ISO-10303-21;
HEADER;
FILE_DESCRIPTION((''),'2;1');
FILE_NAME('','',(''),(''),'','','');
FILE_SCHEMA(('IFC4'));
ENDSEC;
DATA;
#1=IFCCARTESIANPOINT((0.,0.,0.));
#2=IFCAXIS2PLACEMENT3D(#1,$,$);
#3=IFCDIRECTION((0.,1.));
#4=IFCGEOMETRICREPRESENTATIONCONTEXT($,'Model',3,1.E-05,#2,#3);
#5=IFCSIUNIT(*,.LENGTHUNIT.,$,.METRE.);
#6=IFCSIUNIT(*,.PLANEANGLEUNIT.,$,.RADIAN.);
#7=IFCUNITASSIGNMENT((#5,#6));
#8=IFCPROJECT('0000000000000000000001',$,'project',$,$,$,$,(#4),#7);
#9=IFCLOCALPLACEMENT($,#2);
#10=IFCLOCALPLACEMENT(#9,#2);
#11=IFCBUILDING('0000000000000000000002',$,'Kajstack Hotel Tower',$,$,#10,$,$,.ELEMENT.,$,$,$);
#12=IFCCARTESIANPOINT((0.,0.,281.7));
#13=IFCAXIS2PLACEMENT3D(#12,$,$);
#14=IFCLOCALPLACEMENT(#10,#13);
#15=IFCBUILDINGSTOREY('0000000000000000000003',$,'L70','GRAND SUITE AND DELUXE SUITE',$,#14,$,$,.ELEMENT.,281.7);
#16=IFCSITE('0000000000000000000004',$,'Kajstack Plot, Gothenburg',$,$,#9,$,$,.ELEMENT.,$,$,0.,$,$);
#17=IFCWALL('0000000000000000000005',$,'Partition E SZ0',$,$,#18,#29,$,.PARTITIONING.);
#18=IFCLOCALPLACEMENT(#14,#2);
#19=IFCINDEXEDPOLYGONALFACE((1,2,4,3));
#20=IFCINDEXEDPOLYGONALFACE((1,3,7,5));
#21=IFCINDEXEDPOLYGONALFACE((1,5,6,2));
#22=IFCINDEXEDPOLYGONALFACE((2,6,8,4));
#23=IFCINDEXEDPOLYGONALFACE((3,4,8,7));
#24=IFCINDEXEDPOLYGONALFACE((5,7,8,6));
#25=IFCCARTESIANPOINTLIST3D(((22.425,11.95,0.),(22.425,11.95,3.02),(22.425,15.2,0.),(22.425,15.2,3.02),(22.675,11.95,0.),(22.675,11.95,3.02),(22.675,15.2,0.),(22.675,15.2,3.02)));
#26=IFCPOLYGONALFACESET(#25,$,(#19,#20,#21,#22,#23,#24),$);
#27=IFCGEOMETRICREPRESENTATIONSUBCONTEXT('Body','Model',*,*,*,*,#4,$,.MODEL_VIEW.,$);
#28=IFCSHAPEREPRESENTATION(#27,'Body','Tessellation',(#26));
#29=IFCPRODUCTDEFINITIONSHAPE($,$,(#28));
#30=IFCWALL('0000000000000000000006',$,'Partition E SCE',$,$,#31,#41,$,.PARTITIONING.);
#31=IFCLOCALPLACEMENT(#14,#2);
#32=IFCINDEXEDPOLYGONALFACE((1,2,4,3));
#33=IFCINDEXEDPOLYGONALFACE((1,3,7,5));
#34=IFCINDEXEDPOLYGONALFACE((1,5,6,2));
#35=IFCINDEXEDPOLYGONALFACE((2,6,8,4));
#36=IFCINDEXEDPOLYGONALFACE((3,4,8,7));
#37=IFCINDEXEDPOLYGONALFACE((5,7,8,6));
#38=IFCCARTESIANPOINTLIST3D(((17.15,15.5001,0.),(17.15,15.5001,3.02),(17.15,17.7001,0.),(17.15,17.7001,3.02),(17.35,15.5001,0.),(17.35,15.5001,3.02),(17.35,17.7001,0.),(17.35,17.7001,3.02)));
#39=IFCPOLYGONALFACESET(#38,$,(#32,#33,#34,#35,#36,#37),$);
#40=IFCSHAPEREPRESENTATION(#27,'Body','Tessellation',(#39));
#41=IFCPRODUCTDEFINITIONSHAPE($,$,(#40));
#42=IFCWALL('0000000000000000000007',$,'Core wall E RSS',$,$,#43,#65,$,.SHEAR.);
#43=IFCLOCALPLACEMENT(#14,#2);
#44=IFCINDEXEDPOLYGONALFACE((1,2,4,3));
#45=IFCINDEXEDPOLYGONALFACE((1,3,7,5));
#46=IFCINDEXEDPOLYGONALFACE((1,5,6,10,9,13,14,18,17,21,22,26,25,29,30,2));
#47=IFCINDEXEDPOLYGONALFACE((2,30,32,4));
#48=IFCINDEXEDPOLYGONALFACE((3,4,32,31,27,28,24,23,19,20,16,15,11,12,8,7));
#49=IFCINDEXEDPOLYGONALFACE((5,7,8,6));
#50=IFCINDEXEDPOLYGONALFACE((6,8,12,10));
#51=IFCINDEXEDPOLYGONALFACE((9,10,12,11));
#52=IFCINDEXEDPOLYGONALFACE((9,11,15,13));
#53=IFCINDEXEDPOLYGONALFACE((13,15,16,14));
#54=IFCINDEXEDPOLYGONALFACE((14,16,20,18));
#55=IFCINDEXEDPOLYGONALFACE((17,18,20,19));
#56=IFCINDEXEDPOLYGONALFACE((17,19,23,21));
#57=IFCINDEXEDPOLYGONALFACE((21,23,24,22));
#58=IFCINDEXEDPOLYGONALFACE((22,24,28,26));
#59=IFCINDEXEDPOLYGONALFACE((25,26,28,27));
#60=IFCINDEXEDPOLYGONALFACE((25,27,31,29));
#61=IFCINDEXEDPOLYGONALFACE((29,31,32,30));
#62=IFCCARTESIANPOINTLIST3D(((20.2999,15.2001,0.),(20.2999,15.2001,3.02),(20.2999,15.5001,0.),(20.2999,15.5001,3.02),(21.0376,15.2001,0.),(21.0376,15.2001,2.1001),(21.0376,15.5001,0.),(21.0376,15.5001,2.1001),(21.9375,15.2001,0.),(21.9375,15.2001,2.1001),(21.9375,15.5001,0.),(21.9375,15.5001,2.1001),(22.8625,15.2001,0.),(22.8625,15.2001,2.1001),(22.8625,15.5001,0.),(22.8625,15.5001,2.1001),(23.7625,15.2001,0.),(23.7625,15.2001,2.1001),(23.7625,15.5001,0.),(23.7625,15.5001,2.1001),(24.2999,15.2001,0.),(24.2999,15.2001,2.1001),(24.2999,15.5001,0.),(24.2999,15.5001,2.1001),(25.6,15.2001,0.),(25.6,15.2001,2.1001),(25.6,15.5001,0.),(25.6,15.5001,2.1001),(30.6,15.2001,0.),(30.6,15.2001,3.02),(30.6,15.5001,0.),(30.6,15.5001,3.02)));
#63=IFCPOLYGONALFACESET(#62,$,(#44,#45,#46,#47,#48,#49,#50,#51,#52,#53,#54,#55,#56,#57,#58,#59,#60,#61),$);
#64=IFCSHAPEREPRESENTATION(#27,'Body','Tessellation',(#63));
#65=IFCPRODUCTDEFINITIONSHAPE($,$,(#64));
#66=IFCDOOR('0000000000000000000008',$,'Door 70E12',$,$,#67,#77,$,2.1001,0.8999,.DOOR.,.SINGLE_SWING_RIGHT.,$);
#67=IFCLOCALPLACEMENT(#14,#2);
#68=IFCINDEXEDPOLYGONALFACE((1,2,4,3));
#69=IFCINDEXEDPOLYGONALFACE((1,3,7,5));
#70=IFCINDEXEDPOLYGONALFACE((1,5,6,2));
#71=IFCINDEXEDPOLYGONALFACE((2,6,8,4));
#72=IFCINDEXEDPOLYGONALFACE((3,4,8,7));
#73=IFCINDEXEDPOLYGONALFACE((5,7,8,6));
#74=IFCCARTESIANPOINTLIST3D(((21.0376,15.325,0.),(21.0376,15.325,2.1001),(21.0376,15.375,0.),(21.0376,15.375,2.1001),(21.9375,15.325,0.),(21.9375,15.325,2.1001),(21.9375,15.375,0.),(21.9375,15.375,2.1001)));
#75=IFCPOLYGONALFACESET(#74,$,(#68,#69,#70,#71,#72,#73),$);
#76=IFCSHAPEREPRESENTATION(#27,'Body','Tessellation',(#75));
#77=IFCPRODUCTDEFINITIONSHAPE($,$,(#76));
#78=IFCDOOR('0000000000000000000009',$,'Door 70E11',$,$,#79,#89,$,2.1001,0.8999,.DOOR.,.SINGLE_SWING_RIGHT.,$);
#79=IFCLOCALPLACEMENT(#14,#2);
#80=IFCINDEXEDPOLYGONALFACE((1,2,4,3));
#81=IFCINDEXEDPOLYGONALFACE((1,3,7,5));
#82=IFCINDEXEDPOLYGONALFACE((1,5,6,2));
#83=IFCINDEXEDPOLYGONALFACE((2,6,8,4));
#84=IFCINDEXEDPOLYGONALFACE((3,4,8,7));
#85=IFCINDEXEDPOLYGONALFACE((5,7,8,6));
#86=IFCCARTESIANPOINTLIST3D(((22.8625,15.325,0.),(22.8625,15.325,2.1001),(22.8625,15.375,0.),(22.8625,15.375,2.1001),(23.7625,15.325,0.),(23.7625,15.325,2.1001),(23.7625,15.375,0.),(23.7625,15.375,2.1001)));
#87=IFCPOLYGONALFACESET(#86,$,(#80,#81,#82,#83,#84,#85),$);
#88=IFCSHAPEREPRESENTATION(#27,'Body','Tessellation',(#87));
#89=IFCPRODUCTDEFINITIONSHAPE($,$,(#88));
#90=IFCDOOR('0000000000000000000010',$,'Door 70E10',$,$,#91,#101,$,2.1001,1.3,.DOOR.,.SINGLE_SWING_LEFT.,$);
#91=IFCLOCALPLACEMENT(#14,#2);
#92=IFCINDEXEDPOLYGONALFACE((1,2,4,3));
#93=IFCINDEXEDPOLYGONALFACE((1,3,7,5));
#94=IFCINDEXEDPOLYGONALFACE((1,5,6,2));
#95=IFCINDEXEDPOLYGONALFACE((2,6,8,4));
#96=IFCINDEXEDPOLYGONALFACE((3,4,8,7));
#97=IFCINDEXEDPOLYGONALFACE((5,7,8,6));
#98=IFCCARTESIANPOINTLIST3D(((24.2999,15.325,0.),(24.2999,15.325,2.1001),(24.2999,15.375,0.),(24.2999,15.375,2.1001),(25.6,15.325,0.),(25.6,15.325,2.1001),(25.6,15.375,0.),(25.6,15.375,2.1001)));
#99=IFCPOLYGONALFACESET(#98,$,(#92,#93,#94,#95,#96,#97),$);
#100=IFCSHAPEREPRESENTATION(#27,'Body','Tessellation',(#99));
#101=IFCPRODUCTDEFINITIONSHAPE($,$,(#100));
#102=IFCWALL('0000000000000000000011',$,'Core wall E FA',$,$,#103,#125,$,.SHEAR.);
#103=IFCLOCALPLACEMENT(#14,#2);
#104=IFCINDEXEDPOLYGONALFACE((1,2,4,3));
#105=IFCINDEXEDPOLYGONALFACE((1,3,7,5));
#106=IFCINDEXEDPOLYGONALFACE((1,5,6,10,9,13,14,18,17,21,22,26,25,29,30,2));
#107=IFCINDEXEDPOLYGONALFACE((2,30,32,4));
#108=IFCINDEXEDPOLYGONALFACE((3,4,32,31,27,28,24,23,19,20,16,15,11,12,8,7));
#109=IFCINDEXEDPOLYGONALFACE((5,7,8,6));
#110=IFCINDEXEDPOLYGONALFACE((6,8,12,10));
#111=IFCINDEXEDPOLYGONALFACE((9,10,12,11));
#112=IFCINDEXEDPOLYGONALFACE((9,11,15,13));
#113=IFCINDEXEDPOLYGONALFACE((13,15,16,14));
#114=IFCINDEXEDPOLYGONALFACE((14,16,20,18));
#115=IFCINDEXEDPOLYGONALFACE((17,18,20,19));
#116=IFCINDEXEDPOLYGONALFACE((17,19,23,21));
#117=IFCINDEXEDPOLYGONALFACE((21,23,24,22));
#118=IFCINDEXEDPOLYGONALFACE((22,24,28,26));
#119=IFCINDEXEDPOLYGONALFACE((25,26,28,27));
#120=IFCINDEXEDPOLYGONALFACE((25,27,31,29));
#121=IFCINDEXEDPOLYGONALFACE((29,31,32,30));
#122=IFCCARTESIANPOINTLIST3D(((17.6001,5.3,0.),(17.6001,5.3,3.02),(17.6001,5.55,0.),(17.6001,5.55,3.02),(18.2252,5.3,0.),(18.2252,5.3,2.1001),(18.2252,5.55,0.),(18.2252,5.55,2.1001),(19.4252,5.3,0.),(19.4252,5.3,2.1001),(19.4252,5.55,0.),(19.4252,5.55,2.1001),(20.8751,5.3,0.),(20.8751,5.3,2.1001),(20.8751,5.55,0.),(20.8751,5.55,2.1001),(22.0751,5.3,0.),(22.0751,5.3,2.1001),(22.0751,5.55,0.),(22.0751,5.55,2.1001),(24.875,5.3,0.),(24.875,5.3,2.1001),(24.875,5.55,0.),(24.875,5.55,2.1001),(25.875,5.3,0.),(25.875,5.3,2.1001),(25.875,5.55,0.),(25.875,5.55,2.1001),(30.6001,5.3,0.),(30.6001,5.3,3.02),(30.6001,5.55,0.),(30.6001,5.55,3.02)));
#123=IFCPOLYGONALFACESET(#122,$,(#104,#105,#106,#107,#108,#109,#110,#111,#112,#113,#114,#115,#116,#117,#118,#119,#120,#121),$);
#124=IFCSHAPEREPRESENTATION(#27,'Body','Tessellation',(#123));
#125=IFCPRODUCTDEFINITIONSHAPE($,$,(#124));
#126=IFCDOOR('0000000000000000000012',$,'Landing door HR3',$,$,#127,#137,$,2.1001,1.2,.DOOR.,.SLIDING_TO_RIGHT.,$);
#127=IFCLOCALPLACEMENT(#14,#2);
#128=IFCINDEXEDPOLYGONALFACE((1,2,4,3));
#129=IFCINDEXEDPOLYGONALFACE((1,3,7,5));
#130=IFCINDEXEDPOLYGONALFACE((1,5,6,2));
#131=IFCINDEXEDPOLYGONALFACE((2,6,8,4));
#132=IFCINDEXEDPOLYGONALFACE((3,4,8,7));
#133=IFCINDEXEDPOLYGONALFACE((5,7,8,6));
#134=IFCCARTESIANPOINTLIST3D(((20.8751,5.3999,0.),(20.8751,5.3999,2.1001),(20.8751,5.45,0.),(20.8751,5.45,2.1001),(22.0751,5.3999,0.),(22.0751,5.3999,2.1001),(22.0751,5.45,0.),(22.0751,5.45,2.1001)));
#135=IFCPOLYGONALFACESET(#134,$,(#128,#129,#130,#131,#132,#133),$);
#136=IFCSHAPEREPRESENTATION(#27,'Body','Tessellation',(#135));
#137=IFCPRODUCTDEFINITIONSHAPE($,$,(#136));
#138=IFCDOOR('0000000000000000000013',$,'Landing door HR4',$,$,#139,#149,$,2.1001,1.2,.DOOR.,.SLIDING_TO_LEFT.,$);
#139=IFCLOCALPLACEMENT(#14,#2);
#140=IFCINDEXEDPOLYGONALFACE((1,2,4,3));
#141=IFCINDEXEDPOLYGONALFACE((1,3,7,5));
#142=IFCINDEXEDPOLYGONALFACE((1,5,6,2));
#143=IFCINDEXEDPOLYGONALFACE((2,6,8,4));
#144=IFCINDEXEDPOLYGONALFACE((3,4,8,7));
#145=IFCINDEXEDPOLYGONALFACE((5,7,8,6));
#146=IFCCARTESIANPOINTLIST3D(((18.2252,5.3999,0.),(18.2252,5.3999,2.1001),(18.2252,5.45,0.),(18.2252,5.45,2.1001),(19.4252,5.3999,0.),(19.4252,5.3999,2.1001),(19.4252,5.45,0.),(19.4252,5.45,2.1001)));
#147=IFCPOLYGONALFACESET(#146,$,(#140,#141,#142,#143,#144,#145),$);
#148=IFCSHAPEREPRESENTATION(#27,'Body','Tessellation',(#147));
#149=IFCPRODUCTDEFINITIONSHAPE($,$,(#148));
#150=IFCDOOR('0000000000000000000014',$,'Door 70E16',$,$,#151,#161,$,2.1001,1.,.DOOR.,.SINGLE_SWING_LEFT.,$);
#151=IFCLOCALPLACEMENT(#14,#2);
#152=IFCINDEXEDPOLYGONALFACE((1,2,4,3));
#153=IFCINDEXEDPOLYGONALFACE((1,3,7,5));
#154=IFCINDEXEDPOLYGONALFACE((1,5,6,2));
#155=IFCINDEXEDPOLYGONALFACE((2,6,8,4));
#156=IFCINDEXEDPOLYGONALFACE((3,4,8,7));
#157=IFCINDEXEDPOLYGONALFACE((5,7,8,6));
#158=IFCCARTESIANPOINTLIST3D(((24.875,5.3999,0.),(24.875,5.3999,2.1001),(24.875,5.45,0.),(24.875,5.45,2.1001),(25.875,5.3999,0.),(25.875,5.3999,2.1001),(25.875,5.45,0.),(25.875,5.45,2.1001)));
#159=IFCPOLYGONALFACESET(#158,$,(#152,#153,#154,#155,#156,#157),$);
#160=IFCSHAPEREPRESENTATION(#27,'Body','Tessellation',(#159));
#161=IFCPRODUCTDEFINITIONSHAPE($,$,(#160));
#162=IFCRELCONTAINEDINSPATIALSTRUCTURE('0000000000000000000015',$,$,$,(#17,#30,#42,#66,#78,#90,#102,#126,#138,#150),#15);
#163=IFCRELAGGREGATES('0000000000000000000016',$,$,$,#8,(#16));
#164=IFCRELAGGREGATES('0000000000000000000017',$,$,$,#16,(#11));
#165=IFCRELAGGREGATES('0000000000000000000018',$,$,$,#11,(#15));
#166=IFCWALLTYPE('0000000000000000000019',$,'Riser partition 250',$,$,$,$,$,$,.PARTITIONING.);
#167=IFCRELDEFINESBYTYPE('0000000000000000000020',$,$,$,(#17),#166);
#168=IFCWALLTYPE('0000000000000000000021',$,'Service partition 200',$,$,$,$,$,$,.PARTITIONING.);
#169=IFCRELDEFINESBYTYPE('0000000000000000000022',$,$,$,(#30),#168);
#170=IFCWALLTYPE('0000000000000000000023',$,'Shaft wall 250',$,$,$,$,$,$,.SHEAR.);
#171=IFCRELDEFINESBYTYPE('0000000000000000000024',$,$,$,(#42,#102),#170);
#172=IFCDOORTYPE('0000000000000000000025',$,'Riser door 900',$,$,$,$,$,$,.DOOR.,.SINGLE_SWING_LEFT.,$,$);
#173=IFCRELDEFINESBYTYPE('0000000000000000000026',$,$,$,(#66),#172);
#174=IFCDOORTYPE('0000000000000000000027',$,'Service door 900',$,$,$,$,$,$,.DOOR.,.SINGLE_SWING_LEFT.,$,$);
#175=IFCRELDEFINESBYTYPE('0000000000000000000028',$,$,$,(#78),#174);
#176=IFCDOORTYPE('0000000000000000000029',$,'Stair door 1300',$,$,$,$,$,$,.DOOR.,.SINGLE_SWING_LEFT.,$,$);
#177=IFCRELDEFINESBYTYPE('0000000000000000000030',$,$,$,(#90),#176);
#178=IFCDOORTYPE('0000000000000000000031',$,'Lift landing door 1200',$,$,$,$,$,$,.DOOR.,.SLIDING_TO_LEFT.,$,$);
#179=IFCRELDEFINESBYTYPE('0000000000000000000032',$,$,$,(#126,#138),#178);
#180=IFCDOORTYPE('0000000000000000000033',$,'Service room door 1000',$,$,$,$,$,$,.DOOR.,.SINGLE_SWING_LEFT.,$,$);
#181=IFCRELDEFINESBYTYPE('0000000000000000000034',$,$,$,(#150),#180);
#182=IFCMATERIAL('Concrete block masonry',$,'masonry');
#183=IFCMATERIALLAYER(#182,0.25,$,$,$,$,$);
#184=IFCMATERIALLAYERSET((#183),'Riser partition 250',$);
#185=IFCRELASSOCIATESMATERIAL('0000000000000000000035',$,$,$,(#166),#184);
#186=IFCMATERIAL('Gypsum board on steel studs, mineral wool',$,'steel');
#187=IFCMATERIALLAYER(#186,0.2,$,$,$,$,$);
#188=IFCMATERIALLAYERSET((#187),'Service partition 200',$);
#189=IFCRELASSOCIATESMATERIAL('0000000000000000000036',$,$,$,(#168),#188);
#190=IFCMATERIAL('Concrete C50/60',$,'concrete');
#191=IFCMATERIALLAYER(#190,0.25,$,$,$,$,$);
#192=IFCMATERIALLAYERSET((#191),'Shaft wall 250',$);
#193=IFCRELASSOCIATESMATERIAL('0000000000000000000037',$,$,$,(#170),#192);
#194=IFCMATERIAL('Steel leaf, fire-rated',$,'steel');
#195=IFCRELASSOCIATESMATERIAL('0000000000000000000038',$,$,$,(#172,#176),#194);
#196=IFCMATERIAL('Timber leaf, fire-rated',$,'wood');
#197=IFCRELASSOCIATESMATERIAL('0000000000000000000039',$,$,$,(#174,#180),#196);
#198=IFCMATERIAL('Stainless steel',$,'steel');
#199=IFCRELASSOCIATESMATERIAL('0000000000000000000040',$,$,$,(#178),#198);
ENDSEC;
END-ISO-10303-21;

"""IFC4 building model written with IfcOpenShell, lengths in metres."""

from ifc_helpers import new_model, si_unit, direction, frame, frame_2d, origin, place, context, subcontext, project, spatial, rectangle, extrude, material, layer, layer_set, type_object, element, fill, save


model = new_model("IFC4")

# Units and contexts
model_context = context("Model", 3, precision=1e-05, world=origin(), true_north=direction((0.0, 1.0)))
body_context = subcontext(model_context, "Body", "Model", "MODEL_VIEW")
ifc_project = project(units=[si_unit("LENGTHUNIT", "METRE"), si_unit("PLANEANGLEUNIT", "RADIAN")], contexts=[model_context])

# Site, building, storey
site_placement = place(None, origin())
site = spatial("IfcSite", under=ifc_project, at=site_placement, Name="Kajstack Plot, Gothenburg", CompositionType="ELEMENT", RefElevation=0.0)
building_placement = place(site_placement, origin())
building = spatial("IfcBuilding", under=site, at=building_placement, Name="Kajstack Hotel Tower", CompositionType="ELEMENT")
storey_placement = place(building_placement, frame((0.0, 0.0, 281.7)))
storey = spatial("IfcBuildingStorey", under=building, at=storey_placement, Name="L70", Description="GRAND SUITE AND DELUXE SUITE", CompositionType="ELEMENT", Elevation=281.7)

# Walls
ifc_material_1 = material(Name="Concrete block masonry", Category="masonry")
ifc_layer_1 = layer(ifc_material_1, 0.25)
ifc_layer_set_1 = layer_set([ifc_layer_1], Name="Riser partition 250")
wall_type_1 = type_object("IfcWallType", Name="Riser partition 250", PredefinedType="PARTITIONING", material=ifc_layer_set_1)
wall_1_placement = place(storey_placement, frame((22.55, 11.95, 0.0), z_axis=(0.0, 0.0, 1.0), x_axis=(0.0, 1.0, 0.0)))
element("IfcWall", 1, at=wall_1_placement, inside=storey, type_object=wall_type_1, Name="Partition E SZ0", PredefinedType="PARTITIONING", context=body_context, shape_type="SweptSolid", body=[
    extrude(rectangle(XDim=3.25, YDim=0.25, at=frame_2d((1.625, 0.0))), origin(), (0.0, 0.0, 1.0), 3.02),
])
ifc_material_2 = material(Name="Gypsum board on steel studs, mineral wool", Category="steel")
ifc_layer_2 = layer(ifc_material_2, 0.2)
ifc_layer_set_2 = layer_set([ifc_layer_2], Name="Service partition 200")
wall_type_2 = type_object("IfcWallType", Name="Service partition 200", PredefinedType="PARTITIONING", material=ifc_layer_set_2)
wall_2_placement = place(storey_placement, frame((17.25, 15.5, 0.0), z_axis=(0.0, 0.0, 1.0), x_axis=(0.0, 1.0, 0.0)))
element("IfcWall", 2, at=wall_2_placement, inside=storey, type_object=wall_type_2, Name="Partition E SCE", PredefinedType="PARTITIONING", context=body_context, shape_type="SweptSolid", body=[
    extrude(rectangle(XDim=2.2, YDim=0.2, at=frame_2d((1.1001, 0.0))), origin(), (0.0, 0.0, 1.0), 3.02),
])

# Walls, openings, doors
ifc_material_3 = material(Name="Concrete C50/60", Category="concrete")
ifc_layer_3 = layer(ifc_material_3, 0.25)
ifc_layer_set_3 = layer_set([ifc_layer_3], Name="Shaft wall 250")
wall_type_3 = type_object("IfcWallType", Name="Shaft wall 250", PredefinedType="SHEAR", material=ifc_layer_set_3)
wall_3_placement = place(storey_placement, frame((20.3, 15.3501, 0.0), z_axis=(0.0, 0.0, 1.0), x_axis=(1.0, 0.0, 0.0)))
wall_3 = element("IfcWall", 3, at=wall_3_placement, inside=storey, type_object=wall_type_3, Name="Core wall E RSS", PredefinedType="SHEAR", context=body_context, shape_type="SweptSolid", body=[
    extrude(rectangle(XDim=10.3, YDim=0.3, at=frame_2d((5.1499, 0.0))), origin(), (0.0, 0.0, 1.0), 3.02),
])
opening_1_placement = place(wall_3_placement, frame((4.0, 0.0, 0.0)))
opening_1 = element("IfcOpeningElement", 4, at=opening_1_placement, cuts=wall_3, PredefinedType="OPENING", context=body_context, shape_type="SweptSolid", body=[
    extrude(rectangle(XDim=1.3, YDim=2.1001, at=frame_2d((0.6499, 1.05))), frame((0.0, 0.1599, 0.0), z_axis=(0.0, -1.0, 0.0), x_axis=(1.0, 0.0, 0.0)), (0.0, 0.0, 1.0), 0.3201),
])
opening_2_placement = place(wall_3_placement, frame((2.5625, 0.0, 0.0)))
opening_2 = element("IfcOpeningElement", 5, at=opening_2_placement, cuts=wall_3, PredefinedType="OPENING", context=body_context, shape_type="SweptSolid", body=[
    extrude(rectangle(XDim=0.8999, YDim=2.1001, at=frame_2d((0.45, 1.05))), frame((0.0, 0.1599, 0.0), z_axis=(0.0, -1.0, 0.0), x_axis=(1.0, 0.0, 0.0)), (0.0, 0.0, 1.0), 0.3201),
])
opening_3_placement = place(wall_3_placement, frame((0.7375, 0.0, 0.0)))
opening_3 = element("IfcOpeningElement", 6, at=opening_3_placement, cuts=wall_3, PredefinedType="OPENING", context=body_context, shape_type="SweptSolid", body=[
    extrude(rectangle(XDim=0.8999, YDim=2.1001, at=frame_2d((0.45, 1.05))), frame((0.0, 0.1599, 0.0), z_axis=(0.0, -1.0, 0.0), x_axis=(1.0, 0.0, 0.0)), (0.0, 0.0, 1.0), 0.3201),
])
ifc_material_4 = material(Name="Steel leaf, fire-rated", Category="steel")
door_type_1 = type_object("IfcDoorType", Name="Riser door 900", OperationType="SINGLE_SWING_LEFT", PredefinedType="DOOR", material=ifc_material_4)
door_1_placement = place(opening_3_placement, origin())
door_1 = element("IfcDoor", 7, at=door_1_placement, inside=storey, type_object=door_type_1, Name="Door 70E12", OperationType="SINGLE_SWING_RIGHT", OverallHeight=2.1001, OverallWidth=0.8999, PredefinedType="DOOR", context=body_context, shape_type="SweptSolid", body=[
    extrude(rectangle(XDim=0.8999, YDim=2.1001, at=frame_2d((0.45, 1.05))), frame((0.0, 0.0249, 0.0), z_axis=(0.0, -1.0, 0.0), x_axis=(1.0, 0.0, 0.0)), (0.0, 0.0, 1.0), 0.05),
])
fill(opening_3, door_1)
ifc_material_5 = material(Name="Timber leaf, fire-rated", Category="wood")
door_type_2 = type_object("IfcDoorType", Name="Service door 900", OperationType="SINGLE_SWING_LEFT", PredefinedType="DOOR", material=ifc_material_5)
door_2_placement = place(opening_2_placement, origin())
door_2 = element("IfcDoor", 8, at=door_2_placement, inside=storey, type_object=door_type_2, Name="Door 70E11", OperationType="SINGLE_SWING_RIGHT", OverallHeight=2.1001, OverallWidth=0.8999, PredefinedType="DOOR", context=body_context, shape_type="SweptSolid", body=[
    extrude(rectangle(XDim=0.8999, YDim=2.1001, at=frame_2d((0.45, 1.05))), frame((0.0, 0.0249, 0.0), z_axis=(0.0, -1.0, 0.0), x_axis=(1.0, 0.0, 0.0)), (0.0, 0.0, 1.0), 0.05),
])
fill(opening_2, door_2)
door_type_3 = type_object("IfcDoorType", Name="Stair door 1300", OperationType="SINGLE_SWING_LEFT", PredefinedType="DOOR", material=ifc_material_4)
door_3_placement = place(opening_1_placement, origin())
door_3 = element("IfcDoor", 9, at=door_3_placement, inside=storey, type_object=door_type_3, Name="Door 70E10", OperationType="SINGLE_SWING_LEFT", OverallHeight=2.1001, OverallWidth=1.3, PredefinedType="DOOR", context=body_context, shape_type="SweptSolid", body=[
    extrude(rectangle(XDim=1.3, YDim=2.1001, at=frame_2d((0.6499, 1.05))), frame((0.0, 0.0249, 0.0), z_axis=(0.0, -1.0, 0.0), x_axis=(1.0, 0.0, 0.0)), (0.0, 0.0, 1.0), 0.05),
])
fill(opening_1, door_3)
wall_4_placement = place(storey_placement, frame((17.6001, 5.425, 0.0), z_axis=(0.0, 0.0, 1.0), x_axis=(1.0, 0.0, 0.0)))
wall_4 = element("IfcWall", 10, at=wall_4_placement, inside=storey, type_object=wall_type_3, Name="Core wall E FA", PredefinedType="SHEAR", context=body_context, shape_type="SweptSolid", body=[
    extrude(rectangle(XDim=13.0, YDim=0.25, at=frame_2d((6.5, 0.0))), origin(), (0.0, 0.0, 1.0), 3.02),
])
opening_4_placement = place(wall_4_placement, frame((3.2749, 0.0, 0.0)))
opening_4 = element("IfcOpeningElement", 11, at=opening_4_placement, cuts=wall_4, PredefinedType="OPENING", context=body_context, shape_type="SweptSolid", body=[
    extrude(rectangle(XDim=1.2, YDim=2.1001, at=frame_2d((0.6001, 1.05))), frame((0.0, 0.135, 0.0), z_axis=(0.0, -1.0, 0.0), x_axis=(1.0, 0.0, 0.0)), (0.0, 0.0, 1.0), 0.27),
])
opening_5_placement = place(wall_4_placement, frame((0.625, 0.0, 0.0)))
opening_5 = element("IfcOpeningElement", 12, at=opening_5_placement, cuts=wall_4, PredefinedType="OPENING", context=body_context, shape_type="SweptSolid", body=[
    extrude(rectangle(XDim=1.2, YDim=2.1001, at=frame_2d((0.6001, 1.05))), frame((0.0, 0.135, 0.0), z_axis=(0.0, -1.0, 0.0), x_axis=(1.0, 0.0, 0.0)), (0.0, 0.0, 1.0), 0.27),
])
opening_6_placement = place(wall_4_placement, frame((7.2749, 0.0, 0.0)))
opening_6 = element("IfcOpeningElement", 13, at=opening_6_placement, cuts=wall_4, PredefinedType="OPENING", context=body_context, shape_type="SweptSolid", body=[
    extrude(rectangle(XDim=1.0, YDim=2.1001, at=frame_2d((0.5, 1.05))), frame((0.0, 0.135, 0.0), z_axis=(0.0, -1.0, 0.0), x_axis=(1.0, 0.0, 0.0)), (0.0, 0.0, 1.0), 0.27),
])
ifc_material_6 = material(Name="Stainless steel", Category="steel")
door_type_4 = type_object("IfcDoorType", Name="Lift landing door 1200", OperationType="SLIDING_TO_LEFT", PredefinedType="DOOR", material=ifc_material_6)
door_4_placement = place(opening_4_placement, origin())
door_4 = element("IfcDoor", 14, at=door_4_placement, inside=storey, type_object=door_type_4, Name="Landing door HR3", OperationType="SLIDING_TO_RIGHT", OverallHeight=2.1001, OverallWidth=1.2, PredefinedType="DOOR", context=body_context, shape_type="SweptSolid", body=[
    extrude(rectangle(XDim=1.2, YDim=2.1001, at=frame_2d((0.6001, 1.05))), frame((0.0, 0.0249, 0.0), z_axis=(0.0, -1.0, 0.0), x_axis=(1.0, 0.0, 0.0)), (0.0, 0.0, 1.0), 0.05),
])
fill(opening_4, door_4)
door_5_placement = place(opening_5_placement, origin())
door_5 = element("IfcDoor", 15, at=door_5_placement, inside=storey, type_object=door_type_4, Name="Landing door HR4", OperationType="SLIDING_TO_LEFT", OverallHeight=2.1001, OverallWidth=1.2, PredefinedType="DOOR", context=body_context, shape_type="SweptSolid", body=[
    extrude(rectangle(XDim=1.2, YDim=2.1001, at=frame_2d((0.6001, 1.05))), frame((0.0, 0.0249, 0.0), z_axis=(0.0, -1.0, 0.0), x_axis=(1.0, 0.0, 0.0)), (0.0, 0.0, 1.0), 0.05),
])
fill(opening_5, door_5)
door_type_5 = type_object("IfcDoorType", Name="Service room door 1000", OperationType="SINGLE_SWING_LEFT", PredefinedType="DOOR", material=ifc_material_5)
door_6_placement = place(opening_6_placement, origin())
door_6 = element("IfcDoor", 16, at=door_6_placement, inside=storey, type_object=door_type_5, Name="Door 70E16", OperationType="SINGLE_SWING_LEFT", OverallHeight=2.1001, OverallWidth=1.0, PredefinedType="DOOR", context=body_context, shape_type="SweptSolid", body=[
    extrude(rectangle(XDim=1.0, YDim=2.1001, at=frame_2d((0.5, 1.05))), frame((0.0, 0.0249, 0.0), z_axis=(0.0, -1.0, 0.0), x_axis=(1.0, 0.0, 0.0)), (0.0, 0.0, 1.0), 0.05),
])
fill(opening_6, door_6)

save(model, "model.ifc")
